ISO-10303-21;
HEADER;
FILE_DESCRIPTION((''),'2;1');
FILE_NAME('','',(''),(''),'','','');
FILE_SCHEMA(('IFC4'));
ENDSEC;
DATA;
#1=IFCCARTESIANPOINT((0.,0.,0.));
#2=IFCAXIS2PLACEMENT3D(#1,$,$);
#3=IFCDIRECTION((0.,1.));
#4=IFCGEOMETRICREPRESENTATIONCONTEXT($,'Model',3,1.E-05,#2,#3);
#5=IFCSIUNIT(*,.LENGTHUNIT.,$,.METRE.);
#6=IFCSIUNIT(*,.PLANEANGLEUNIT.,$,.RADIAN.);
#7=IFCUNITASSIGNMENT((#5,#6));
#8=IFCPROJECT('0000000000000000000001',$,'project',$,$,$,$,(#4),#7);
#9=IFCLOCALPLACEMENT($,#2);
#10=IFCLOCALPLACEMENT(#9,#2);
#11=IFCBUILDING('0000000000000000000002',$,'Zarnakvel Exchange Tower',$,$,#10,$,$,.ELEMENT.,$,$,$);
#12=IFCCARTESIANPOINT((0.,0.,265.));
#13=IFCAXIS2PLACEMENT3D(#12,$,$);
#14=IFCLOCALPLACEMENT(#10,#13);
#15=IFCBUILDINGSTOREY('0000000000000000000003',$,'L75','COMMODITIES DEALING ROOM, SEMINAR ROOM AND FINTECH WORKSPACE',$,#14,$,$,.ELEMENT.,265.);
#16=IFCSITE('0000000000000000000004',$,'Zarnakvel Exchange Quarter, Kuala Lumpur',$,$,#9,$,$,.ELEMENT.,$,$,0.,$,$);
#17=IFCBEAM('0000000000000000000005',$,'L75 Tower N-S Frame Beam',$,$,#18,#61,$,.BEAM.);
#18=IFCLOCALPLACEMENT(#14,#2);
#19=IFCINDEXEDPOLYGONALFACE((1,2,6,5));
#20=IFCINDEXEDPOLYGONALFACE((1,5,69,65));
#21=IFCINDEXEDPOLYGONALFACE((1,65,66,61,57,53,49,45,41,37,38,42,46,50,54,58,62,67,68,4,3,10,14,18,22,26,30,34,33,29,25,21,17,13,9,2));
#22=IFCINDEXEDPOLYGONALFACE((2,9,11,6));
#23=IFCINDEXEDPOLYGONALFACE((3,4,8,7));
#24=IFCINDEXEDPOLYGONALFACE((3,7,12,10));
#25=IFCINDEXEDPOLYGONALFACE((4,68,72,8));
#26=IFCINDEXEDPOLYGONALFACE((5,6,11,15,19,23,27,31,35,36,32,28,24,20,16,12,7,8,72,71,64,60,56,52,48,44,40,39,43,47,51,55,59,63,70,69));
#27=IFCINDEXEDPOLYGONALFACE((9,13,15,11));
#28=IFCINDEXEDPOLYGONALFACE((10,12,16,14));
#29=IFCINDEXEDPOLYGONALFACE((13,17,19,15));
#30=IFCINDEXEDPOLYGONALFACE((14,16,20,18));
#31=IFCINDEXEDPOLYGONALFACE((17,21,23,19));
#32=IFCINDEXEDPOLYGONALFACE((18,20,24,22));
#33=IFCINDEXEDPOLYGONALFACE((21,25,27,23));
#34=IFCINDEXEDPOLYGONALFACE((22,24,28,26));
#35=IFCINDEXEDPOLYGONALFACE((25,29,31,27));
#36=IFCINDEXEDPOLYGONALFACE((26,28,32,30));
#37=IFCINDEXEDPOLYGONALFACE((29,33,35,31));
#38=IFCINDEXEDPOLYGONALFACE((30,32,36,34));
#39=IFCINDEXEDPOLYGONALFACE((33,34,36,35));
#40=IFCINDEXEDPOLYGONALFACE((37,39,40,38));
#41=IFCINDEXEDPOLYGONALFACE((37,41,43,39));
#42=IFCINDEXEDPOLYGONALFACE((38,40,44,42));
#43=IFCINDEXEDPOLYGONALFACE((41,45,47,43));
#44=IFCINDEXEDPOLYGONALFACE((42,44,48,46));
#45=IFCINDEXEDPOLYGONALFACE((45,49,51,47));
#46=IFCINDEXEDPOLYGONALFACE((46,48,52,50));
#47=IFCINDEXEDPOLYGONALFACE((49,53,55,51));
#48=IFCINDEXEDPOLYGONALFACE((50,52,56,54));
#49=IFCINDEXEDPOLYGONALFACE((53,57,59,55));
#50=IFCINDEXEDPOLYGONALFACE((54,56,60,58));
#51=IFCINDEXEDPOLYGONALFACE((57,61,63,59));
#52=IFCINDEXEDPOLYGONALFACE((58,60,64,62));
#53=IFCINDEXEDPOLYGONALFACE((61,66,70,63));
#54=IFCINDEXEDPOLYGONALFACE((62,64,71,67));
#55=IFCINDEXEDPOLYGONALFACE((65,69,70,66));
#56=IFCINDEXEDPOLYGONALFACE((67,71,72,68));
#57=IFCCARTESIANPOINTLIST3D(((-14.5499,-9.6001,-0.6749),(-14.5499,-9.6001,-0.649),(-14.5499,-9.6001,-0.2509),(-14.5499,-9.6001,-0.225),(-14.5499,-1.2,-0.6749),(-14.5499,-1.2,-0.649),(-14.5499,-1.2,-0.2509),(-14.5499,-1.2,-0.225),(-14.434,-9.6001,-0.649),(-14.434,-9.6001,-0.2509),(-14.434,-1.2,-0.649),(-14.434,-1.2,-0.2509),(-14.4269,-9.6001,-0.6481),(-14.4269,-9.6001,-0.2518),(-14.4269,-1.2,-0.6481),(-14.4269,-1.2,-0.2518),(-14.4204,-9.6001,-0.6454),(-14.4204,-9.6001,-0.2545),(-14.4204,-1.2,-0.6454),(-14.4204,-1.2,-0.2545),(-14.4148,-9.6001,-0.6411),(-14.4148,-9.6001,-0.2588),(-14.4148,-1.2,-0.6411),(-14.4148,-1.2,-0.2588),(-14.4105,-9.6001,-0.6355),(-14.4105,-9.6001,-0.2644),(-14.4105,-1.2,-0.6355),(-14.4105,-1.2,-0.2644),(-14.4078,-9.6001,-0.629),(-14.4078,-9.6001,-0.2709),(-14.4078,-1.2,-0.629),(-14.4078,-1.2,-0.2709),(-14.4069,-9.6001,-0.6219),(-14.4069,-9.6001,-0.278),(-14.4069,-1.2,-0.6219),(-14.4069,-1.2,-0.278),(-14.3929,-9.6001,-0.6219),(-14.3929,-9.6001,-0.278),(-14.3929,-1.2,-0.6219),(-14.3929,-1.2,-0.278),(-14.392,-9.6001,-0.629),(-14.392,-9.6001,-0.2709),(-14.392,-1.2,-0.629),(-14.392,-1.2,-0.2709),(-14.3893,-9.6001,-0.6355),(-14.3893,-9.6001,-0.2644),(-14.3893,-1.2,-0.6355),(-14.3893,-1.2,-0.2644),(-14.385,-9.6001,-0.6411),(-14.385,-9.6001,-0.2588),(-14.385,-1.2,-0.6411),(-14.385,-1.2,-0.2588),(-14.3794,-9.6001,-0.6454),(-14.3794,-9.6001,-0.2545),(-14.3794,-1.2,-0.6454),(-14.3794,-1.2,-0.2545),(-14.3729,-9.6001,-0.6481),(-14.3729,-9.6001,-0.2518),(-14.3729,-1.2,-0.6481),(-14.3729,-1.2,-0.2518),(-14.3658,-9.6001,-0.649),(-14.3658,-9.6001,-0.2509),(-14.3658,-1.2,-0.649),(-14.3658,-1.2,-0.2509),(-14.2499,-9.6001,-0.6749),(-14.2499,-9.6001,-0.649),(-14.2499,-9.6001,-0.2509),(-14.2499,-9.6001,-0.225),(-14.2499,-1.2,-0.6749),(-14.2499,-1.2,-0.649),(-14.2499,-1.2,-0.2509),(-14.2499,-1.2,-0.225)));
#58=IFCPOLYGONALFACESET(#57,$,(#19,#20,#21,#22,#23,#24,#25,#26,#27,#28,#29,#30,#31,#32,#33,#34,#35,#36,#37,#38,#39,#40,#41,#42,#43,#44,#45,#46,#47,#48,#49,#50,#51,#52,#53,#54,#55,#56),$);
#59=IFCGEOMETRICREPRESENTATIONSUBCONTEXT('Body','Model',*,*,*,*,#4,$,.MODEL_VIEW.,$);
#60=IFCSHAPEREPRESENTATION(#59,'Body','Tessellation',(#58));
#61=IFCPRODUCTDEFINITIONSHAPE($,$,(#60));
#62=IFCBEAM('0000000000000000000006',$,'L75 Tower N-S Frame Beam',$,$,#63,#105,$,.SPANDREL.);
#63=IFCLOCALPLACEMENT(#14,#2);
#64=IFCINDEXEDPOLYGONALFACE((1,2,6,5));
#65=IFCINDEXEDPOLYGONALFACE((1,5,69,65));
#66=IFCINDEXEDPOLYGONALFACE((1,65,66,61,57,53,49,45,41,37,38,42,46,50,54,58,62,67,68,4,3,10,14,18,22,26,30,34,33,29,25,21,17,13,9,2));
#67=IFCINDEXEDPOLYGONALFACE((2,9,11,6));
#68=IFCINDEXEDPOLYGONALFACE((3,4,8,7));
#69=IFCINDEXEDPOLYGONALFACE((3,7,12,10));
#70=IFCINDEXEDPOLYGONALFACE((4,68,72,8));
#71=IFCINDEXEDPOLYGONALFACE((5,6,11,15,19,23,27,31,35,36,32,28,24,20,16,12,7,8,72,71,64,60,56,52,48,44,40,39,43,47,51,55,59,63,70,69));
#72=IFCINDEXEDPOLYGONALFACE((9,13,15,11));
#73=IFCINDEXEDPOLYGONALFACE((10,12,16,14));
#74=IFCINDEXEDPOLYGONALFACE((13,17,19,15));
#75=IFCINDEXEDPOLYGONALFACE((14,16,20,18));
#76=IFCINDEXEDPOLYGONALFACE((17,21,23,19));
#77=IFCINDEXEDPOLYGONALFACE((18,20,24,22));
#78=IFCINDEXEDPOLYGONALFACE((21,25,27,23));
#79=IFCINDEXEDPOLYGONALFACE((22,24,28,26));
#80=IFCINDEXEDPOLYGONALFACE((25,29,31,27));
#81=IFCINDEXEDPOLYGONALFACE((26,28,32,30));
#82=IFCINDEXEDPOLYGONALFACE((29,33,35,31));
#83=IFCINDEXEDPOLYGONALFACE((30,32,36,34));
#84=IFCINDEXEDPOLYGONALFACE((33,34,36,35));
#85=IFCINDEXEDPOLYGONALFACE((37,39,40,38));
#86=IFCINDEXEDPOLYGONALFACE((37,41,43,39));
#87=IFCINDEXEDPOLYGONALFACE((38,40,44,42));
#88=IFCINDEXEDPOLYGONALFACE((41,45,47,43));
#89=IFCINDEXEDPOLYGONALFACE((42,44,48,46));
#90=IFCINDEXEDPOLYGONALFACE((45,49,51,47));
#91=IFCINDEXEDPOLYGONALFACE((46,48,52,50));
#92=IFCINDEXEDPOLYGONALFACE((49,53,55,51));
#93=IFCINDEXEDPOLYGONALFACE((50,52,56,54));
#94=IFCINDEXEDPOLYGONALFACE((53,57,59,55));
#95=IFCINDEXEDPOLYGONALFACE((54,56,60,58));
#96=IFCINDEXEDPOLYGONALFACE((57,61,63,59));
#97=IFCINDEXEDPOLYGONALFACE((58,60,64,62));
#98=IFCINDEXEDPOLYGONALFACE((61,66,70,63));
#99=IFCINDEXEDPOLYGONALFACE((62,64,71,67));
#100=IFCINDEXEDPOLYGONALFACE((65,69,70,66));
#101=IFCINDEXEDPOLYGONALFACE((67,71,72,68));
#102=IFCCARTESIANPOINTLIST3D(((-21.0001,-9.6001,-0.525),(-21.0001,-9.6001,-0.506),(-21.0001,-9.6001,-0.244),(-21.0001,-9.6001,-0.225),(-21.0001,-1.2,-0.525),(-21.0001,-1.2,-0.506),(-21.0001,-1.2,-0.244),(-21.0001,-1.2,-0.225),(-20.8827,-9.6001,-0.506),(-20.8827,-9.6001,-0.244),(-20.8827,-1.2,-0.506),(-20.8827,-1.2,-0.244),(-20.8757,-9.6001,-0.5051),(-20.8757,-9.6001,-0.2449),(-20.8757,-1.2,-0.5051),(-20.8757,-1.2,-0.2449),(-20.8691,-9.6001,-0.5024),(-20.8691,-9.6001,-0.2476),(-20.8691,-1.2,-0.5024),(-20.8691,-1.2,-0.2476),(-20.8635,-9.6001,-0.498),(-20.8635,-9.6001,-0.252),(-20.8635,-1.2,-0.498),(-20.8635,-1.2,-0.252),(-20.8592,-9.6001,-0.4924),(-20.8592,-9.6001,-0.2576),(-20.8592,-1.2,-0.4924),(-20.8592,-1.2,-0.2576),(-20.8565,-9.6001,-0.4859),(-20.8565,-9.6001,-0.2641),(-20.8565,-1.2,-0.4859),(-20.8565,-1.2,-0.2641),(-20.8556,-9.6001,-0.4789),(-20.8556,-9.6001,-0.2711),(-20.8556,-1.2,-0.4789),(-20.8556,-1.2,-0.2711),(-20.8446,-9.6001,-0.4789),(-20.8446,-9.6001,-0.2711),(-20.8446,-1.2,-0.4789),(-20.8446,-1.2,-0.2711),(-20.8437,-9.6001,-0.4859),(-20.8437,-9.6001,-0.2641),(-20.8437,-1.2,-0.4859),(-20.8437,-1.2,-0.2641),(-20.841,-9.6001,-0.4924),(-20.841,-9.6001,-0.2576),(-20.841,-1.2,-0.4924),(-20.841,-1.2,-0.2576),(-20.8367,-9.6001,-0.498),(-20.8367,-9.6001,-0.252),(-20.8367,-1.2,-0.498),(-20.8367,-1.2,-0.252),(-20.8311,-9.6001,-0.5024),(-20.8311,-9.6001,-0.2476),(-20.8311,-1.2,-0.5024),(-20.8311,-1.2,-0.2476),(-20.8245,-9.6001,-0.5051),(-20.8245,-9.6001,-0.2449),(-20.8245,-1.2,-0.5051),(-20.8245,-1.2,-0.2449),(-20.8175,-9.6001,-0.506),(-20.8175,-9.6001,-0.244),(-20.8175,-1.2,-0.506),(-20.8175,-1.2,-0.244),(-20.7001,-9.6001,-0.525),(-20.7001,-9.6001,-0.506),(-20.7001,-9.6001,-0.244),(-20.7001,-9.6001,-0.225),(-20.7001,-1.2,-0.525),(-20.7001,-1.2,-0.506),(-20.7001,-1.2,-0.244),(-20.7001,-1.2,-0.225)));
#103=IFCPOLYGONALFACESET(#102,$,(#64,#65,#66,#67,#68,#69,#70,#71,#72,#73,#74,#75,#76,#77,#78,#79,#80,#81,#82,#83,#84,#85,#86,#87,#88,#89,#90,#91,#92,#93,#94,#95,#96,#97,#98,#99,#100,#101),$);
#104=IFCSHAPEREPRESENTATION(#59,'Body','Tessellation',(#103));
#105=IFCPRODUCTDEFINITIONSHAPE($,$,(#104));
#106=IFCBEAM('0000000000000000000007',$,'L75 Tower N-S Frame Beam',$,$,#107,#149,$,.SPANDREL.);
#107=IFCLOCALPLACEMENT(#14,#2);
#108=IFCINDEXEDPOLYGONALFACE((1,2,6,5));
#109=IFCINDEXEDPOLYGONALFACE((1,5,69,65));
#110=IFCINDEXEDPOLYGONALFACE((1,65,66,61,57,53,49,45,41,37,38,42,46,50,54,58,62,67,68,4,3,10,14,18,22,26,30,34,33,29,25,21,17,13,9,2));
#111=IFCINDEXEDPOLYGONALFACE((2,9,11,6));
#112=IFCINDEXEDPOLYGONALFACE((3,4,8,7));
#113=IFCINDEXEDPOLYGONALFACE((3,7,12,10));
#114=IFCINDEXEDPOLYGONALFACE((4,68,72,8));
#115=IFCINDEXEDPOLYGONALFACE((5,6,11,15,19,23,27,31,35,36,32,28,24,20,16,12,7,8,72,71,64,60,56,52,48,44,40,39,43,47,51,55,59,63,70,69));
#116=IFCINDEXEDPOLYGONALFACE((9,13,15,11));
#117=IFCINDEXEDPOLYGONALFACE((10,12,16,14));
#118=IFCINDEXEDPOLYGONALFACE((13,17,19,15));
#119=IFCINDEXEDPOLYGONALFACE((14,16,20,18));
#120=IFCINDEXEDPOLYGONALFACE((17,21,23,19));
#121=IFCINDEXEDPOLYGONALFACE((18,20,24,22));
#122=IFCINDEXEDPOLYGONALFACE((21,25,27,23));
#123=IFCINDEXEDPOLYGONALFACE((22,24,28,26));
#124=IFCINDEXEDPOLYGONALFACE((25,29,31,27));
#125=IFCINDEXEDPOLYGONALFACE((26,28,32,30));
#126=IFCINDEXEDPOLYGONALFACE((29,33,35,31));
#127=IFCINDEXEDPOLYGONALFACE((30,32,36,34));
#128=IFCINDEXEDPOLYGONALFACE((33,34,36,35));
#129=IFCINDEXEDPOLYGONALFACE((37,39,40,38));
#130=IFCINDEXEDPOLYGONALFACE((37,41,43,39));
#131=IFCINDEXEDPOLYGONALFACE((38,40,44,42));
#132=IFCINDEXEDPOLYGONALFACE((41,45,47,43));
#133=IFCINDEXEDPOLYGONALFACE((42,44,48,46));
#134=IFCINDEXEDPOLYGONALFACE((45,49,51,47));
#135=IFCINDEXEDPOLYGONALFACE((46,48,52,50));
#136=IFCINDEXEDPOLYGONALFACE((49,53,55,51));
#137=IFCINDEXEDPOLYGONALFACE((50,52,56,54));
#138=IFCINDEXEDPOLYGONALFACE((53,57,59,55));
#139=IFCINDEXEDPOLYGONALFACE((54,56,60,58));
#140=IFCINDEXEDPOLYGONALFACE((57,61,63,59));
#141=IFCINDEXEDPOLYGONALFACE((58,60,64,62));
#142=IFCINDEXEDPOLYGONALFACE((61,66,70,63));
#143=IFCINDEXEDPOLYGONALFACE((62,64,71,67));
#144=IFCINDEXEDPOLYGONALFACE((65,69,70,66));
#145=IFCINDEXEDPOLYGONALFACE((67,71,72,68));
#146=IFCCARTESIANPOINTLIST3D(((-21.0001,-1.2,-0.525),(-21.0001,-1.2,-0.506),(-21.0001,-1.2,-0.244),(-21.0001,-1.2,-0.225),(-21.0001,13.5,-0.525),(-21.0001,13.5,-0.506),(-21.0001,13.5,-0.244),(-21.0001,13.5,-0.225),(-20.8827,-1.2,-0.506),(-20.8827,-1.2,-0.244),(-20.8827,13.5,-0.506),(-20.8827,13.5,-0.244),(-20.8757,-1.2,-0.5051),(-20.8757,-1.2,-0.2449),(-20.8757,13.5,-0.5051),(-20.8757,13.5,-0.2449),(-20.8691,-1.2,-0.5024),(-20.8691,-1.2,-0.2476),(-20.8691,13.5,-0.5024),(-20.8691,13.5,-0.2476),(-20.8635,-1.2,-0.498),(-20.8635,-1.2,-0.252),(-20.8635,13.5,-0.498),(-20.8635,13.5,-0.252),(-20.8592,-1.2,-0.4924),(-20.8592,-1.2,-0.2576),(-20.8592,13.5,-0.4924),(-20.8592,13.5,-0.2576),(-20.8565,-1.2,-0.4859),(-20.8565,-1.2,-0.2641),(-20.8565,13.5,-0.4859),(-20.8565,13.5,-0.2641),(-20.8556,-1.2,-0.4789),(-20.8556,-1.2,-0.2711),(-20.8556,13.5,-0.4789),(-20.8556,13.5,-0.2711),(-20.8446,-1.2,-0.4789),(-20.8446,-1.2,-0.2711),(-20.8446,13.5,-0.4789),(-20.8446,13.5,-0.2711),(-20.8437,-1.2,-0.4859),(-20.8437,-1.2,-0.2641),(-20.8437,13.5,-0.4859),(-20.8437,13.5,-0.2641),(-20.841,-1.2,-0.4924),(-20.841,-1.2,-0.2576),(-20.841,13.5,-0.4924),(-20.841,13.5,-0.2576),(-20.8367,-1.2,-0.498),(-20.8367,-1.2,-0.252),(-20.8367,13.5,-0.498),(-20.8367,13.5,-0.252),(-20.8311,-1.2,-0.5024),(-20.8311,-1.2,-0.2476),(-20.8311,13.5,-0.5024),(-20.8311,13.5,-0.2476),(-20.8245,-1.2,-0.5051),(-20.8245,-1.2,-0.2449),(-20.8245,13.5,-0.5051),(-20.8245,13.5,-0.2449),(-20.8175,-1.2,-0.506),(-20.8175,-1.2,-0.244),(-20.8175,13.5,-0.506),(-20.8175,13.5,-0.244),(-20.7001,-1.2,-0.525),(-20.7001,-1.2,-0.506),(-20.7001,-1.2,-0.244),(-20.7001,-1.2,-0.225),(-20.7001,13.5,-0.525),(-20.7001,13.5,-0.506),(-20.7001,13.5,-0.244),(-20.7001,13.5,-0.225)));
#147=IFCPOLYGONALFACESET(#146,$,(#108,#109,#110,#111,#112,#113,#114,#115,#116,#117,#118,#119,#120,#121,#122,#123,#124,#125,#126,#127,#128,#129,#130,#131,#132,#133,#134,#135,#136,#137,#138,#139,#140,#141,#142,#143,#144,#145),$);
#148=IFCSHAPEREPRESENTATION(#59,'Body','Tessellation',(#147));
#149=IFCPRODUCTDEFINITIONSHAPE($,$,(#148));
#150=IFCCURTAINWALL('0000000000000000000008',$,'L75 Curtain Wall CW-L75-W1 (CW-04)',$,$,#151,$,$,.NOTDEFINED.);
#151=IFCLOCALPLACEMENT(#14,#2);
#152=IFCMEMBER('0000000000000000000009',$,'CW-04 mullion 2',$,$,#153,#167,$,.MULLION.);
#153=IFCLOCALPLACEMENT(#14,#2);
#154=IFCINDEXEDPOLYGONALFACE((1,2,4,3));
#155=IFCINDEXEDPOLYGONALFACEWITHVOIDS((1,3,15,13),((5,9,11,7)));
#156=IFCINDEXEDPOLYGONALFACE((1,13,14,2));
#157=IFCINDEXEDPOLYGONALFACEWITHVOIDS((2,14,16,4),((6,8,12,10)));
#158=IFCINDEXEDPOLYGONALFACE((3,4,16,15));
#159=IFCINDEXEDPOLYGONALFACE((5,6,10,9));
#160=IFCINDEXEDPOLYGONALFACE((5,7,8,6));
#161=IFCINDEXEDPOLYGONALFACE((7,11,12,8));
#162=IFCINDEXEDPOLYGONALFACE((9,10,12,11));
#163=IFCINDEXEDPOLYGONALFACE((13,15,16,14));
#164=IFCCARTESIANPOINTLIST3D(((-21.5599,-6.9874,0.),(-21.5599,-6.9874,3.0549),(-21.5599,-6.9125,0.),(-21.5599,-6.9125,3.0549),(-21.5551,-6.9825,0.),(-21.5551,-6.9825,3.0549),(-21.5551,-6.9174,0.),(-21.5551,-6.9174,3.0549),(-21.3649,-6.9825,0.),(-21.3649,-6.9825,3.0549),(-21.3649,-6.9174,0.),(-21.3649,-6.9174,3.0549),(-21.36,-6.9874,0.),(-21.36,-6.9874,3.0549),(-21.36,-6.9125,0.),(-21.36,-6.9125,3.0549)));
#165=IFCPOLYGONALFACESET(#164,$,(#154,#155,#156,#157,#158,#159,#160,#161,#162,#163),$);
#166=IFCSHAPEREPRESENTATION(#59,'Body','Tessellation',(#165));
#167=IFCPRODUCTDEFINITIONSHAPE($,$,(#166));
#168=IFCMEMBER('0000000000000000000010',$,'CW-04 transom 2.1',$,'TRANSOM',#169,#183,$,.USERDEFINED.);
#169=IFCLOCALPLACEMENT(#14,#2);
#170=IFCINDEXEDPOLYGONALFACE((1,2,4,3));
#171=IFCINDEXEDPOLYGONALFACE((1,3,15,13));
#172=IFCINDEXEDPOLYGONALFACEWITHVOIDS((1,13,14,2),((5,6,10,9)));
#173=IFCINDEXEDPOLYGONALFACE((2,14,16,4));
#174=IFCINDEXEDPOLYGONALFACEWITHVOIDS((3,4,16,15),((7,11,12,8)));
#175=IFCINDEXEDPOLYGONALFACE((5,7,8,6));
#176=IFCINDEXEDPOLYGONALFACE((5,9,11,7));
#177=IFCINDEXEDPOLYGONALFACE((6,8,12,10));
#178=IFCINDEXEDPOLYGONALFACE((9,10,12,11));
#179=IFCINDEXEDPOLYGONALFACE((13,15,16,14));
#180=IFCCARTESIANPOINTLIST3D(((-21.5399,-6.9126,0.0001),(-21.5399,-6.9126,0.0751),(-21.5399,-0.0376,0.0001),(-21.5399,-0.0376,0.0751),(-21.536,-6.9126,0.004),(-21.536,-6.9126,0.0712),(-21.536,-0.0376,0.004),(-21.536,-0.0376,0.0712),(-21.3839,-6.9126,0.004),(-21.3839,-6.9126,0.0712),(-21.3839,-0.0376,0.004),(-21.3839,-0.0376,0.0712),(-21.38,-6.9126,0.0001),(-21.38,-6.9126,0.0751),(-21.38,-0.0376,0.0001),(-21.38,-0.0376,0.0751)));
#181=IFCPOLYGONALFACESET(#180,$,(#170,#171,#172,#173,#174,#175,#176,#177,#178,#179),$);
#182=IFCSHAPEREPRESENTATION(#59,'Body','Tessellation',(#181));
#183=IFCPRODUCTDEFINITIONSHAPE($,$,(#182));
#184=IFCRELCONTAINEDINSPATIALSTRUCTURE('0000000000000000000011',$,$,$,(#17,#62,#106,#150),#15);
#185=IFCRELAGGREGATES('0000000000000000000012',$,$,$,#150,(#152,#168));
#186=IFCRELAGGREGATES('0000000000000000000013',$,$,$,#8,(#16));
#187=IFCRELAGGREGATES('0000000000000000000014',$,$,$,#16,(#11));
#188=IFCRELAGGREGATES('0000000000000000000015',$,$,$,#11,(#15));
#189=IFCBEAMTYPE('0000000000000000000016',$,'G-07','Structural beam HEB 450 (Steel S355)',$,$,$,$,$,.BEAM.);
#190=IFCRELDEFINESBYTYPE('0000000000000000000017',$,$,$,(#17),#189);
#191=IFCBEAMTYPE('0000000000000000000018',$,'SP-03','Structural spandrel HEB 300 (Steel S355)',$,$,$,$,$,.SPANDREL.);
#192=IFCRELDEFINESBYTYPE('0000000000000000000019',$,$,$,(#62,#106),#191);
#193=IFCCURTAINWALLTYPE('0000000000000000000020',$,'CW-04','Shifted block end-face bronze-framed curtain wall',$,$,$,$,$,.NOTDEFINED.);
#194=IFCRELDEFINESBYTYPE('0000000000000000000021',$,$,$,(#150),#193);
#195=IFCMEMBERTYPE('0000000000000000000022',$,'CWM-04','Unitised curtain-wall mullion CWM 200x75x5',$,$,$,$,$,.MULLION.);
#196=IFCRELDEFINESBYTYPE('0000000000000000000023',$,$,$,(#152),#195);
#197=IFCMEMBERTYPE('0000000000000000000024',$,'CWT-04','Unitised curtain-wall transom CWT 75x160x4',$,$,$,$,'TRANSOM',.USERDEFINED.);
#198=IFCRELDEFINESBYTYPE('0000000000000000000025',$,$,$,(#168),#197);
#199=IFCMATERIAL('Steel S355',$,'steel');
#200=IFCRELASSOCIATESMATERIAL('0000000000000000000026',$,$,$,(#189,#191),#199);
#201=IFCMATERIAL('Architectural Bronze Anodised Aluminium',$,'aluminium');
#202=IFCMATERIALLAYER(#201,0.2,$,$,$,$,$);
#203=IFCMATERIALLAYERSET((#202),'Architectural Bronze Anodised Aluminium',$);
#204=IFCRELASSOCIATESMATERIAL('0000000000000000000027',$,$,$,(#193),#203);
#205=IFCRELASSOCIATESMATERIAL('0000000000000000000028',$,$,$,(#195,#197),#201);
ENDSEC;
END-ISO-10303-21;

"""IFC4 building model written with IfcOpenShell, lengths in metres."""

from ifc_helpers import new_model, si_unit, direction, frame, origin, origin_2d, place, context, subcontext, project, spatial, hollow_rectangle, i_section, extrude, source, transform, mapped, material, layer, layer_set, material_profile, profile_set, type_object, element, aggregate, save


model = new_model("IFC4")

# Units and contexts
model_context = context("Model", 3, precision=1e-05, world=origin(), true_north=direction((0.0, 1.0)))
body_context = subcontext(model_context, "Body", "Model", "MODEL_VIEW")
ifc_project = project(units=[si_unit("LENGTHUNIT", "METRE"), si_unit("PLANEANGLEUNIT", "RADIAN")], contexts=[model_context])

# Site, building, storey
site_placement = place(None, origin())
site = spatial("IfcSite", under=ifc_project, at=site_placement, Name="Zarnakvel Exchange Quarter, Kuala Lumpur", CompositionType="ELEMENT", RefElevation=0.0)
building_placement = place(site_placement, origin())
building = spatial("IfcBuilding", under=site, at=building_placement, Name="Zarnakvel Exchange Tower", CompositionType="ELEMENT")
storey_placement = place(building_placement, frame((0.0, 0.0, 265.0)))
storey = spatial("IfcBuildingStorey", under=building, at=storey_placement, Name="L75", Description="COMMODITIES DEALING ROOM, SEMINAR ROOM AND FINTECH WORKSPACE", CompositionType="ELEMENT", Elevation=265.0)

# Shared definitions
ifc_material_1 = material(Name="Steel S355", Category="steel")

# Beams
ifc_material_profile_1 = material_profile(ifc_material_1, i_section(OverallWidth=0.3, OverallDepth=0.45, WebThickness=0.0139, FlangeThickness=0.0259, FilletRadius=0.0271, at=origin_2d()))
ifc_profile_set_1 = profile_set([ifc_material_profile_1], Name="Steel S355")
beam_type_1 = type_object("IfcBeamType", Name="G-07", Description="Structural beam HEB 450 (Steel S355)", PredefinedType="BEAM", material=ifc_profile_set_1)
beam_1_placement = place(storey_placement, frame((-14.3999, -9.6001, -0.45), z_axis=(0.0, 1.0, 0.0), x_axis=(-1.0, 0.0, 0.0)))
element("IfcBeam", 1, at=beam_1_placement, inside=storey, type_object=beam_type_1, Name="L75 Tower N-S Frame Beam", PredefinedType="BEAM", context=body_context, shape_type="SweptSolid", body=[
    extrude(i_section(OverallWidth=0.3, OverallDepth=0.45, WebThickness=0.0139, FlangeThickness=0.0259, FilletRadius=0.0271, at=origin_2d()), origin(), (0.0, 0.0, 1.0), 8.4001),
])
ifc_material_profile_2 = material_profile(ifc_material_1, i_section(OverallWidth=0.3, OverallDepth=0.3, WebThickness=0.011, FlangeThickness=0.019, FilletRadius=0.0271, at=origin_2d()))
ifc_profile_set_2 = profile_set([ifc_material_profile_2], Name="Steel S355")
beam_type_2 = type_object("IfcBeamType", Name="SP-03", Description="Structural spandrel HEB 300 (Steel S355)", PredefinedType="SPANDREL", material=ifc_profile_set_2)
beam_2_placement = place(storey_placement, frame((-20.8501, -9.6001, -0.375), z_axis=(0.0, 1.0, 0.0), x_axis=(-1.0, 0.0, 0.0)))
element("IfcBeam", 2, at=beam_2_placement, inside=storey, type_object=beam_type_2, Name="L75 Tower N-S Frame Beam", PredefinedType="SPANDREL", context=body_context, shape_type="SweptSolid", body=[
    extrude(i_section(OverallWidth=0.3, OverallDepth=0.3, WebThickness=0.011, FlangeThickness=0.019, FilletRadius=0.0271, at=origin_2d()), origin(), (0.0, 0.0, 1.0), 8.4001),
])
beam_3_placement = place(storey_placement, frame((-20.8501, -1.2, -0.375), z_axis=(0.0, 1.0, 0.0), x_axis=(-1.0, 0.0, 0.0)))
element("IfcBeam", 3, at=beam_3_placement, inside=storey, type_object=beam_type_2, Name="L75 Tower N-S Frame Beam", PredefinedType="SPANDREL", context=body_context, shape_type="SweptSolid", body=[
    extrude(i_section(OverallWidth=0.3, OverallDepth=0.3, WebThickness=0.011, FlangeThickness=0.019, FilletRadius=0.0271, at=origin_2d()), origin(), (0.0, 0.0, 1.0), 14.7),
])

# Curtain wall, members
ifc_material_2 = material(Name="Architectural Bronze Anodised Aluminium", Category="aluminium")
ifc_layer_1 = layer(ifc_material_2, 0.2)
ifc_layer_set_1 = layer_set([ifc_layer_1], Name="Architectural Bronze Anodised Aluminium")
curtain_wall_type = type_object("IfcCurtainWallType", Name="CW-04", Description="Shifted block end-face bronze-framed curtain wall", PredefinedType="NOTDEFINED", material=ifc_layer_set_1)
curtain_wall_placement = place(storey_placement, origin())
curtain_wall = element("IfcCurtainWall", 4, at=curtain_wall_placement, inside=storey, type_object=curtain_wall_type, Name="L75 Curtain Wall CW-L75-W1 (CW-04)", PredefinedType="NOTDEFINED")
ifc_material_profile_3 = material_profile(ifc_material_2, hollow_rectangle(XDim=0.2, YDim=0.075, WallThickness=0.0049, at=origin_2d()))
ifc_profile_set_3 = profile_set([ifc_material_profile_3], Name="Architectural Bronze Anodised Aluminium")
member_type_1 = type_object("IfcMemberType", Name="CWM-04", Description="Unitised curtain-wall mullion CWM 200x75x5", PredefinedType="MULLION", material=ifc_profile_set_3)
shared_shape_1 = source(origin(), body_context, "Body", "SweptSolid", [
    extrude(hollow_rectangle(XDim=0.2, YDim=0.075, WallThickness=0.0049, at=origin_2d()), origin(), (0.0, 0.0, 1.0), 3.0549),
])
member_1_placement = place(storey_placement, frame((-21.46, -6.95, 0.0), z_axis=(0.0, 0.0, 1.0), x_axis=(-1.0, 0.0, 0.0)))
member_1 = element("IfcMember", 5, at=member_1_placement, type_object=member_type_1, Name="CW-04 mullion 2", PredefinedType="MULLION", context=body_context, shape_type="MappedRepresentation", body=[
    mapped(shared_shape_1, transform((0.0, 0.0, 0.0), x_axis=(1.0, 0.0, 0.0), y_axis=(0.0, 1.0, 0.0), z_axis=(0.0, 0.0, 1.0), scale=1.0)),
])
ifc_material_profile_4 = material_profile(ifc_material_2, hollow_rectangle(XDim=0.1599, YDim=0.075, WallThickness=0.0039, at=origin_2d()))
ifc_profile_set_4 = profile_set([ifc_material_profile_4], Name="Architectural Bronze Anodised Aluminium")
member_type_2 = type_object("IfcMemberType", Name="CWT-04", Description="Unitised curtain-wall transom CWT 75x160x4", ElementType="TRANSOM", PredefinedType="USERDEFINED", material=ifc_profile_set_4)
shared_shape_2 = source(origin(), body_context, "Body", "SweptSolid", [
    extrude(hollow_rectangle(XDim=0.1599, YDim=0.075, WallThickness=0.0039, at=origin_2d()), origin(), (0.0, 0.0, 1.0), 6.875),
])
member_2_placement = place(storey_placement, frame((-21.46, -6.9126, 0.0376), z_axis=(0.0, 1.0, 0.0), x_axis=(-1.0, 0.0, 0.0)))
member_2 = element("IfcMember", 6, at=member_2_placement, type_object=member_type_2, Name="CW-04 transom 2.1", ObjectType="TRANSOM", PredefinedType="USERDEFINED", context=body_context, shape_type="MappedRepresentation", body=[
    mapped(shared_shape_2, transform((0.0, 0.0, 0.0), x_axis=(1.0, 0.0, 0.0), y_axis=(0.0, 1.0, 0.0), z_axis=(0.0, 0.0, 1.0), scale=1.0)),
])
aggregate(curtain_wall, [member_1, member_2])

save(model, "model.ifc")
